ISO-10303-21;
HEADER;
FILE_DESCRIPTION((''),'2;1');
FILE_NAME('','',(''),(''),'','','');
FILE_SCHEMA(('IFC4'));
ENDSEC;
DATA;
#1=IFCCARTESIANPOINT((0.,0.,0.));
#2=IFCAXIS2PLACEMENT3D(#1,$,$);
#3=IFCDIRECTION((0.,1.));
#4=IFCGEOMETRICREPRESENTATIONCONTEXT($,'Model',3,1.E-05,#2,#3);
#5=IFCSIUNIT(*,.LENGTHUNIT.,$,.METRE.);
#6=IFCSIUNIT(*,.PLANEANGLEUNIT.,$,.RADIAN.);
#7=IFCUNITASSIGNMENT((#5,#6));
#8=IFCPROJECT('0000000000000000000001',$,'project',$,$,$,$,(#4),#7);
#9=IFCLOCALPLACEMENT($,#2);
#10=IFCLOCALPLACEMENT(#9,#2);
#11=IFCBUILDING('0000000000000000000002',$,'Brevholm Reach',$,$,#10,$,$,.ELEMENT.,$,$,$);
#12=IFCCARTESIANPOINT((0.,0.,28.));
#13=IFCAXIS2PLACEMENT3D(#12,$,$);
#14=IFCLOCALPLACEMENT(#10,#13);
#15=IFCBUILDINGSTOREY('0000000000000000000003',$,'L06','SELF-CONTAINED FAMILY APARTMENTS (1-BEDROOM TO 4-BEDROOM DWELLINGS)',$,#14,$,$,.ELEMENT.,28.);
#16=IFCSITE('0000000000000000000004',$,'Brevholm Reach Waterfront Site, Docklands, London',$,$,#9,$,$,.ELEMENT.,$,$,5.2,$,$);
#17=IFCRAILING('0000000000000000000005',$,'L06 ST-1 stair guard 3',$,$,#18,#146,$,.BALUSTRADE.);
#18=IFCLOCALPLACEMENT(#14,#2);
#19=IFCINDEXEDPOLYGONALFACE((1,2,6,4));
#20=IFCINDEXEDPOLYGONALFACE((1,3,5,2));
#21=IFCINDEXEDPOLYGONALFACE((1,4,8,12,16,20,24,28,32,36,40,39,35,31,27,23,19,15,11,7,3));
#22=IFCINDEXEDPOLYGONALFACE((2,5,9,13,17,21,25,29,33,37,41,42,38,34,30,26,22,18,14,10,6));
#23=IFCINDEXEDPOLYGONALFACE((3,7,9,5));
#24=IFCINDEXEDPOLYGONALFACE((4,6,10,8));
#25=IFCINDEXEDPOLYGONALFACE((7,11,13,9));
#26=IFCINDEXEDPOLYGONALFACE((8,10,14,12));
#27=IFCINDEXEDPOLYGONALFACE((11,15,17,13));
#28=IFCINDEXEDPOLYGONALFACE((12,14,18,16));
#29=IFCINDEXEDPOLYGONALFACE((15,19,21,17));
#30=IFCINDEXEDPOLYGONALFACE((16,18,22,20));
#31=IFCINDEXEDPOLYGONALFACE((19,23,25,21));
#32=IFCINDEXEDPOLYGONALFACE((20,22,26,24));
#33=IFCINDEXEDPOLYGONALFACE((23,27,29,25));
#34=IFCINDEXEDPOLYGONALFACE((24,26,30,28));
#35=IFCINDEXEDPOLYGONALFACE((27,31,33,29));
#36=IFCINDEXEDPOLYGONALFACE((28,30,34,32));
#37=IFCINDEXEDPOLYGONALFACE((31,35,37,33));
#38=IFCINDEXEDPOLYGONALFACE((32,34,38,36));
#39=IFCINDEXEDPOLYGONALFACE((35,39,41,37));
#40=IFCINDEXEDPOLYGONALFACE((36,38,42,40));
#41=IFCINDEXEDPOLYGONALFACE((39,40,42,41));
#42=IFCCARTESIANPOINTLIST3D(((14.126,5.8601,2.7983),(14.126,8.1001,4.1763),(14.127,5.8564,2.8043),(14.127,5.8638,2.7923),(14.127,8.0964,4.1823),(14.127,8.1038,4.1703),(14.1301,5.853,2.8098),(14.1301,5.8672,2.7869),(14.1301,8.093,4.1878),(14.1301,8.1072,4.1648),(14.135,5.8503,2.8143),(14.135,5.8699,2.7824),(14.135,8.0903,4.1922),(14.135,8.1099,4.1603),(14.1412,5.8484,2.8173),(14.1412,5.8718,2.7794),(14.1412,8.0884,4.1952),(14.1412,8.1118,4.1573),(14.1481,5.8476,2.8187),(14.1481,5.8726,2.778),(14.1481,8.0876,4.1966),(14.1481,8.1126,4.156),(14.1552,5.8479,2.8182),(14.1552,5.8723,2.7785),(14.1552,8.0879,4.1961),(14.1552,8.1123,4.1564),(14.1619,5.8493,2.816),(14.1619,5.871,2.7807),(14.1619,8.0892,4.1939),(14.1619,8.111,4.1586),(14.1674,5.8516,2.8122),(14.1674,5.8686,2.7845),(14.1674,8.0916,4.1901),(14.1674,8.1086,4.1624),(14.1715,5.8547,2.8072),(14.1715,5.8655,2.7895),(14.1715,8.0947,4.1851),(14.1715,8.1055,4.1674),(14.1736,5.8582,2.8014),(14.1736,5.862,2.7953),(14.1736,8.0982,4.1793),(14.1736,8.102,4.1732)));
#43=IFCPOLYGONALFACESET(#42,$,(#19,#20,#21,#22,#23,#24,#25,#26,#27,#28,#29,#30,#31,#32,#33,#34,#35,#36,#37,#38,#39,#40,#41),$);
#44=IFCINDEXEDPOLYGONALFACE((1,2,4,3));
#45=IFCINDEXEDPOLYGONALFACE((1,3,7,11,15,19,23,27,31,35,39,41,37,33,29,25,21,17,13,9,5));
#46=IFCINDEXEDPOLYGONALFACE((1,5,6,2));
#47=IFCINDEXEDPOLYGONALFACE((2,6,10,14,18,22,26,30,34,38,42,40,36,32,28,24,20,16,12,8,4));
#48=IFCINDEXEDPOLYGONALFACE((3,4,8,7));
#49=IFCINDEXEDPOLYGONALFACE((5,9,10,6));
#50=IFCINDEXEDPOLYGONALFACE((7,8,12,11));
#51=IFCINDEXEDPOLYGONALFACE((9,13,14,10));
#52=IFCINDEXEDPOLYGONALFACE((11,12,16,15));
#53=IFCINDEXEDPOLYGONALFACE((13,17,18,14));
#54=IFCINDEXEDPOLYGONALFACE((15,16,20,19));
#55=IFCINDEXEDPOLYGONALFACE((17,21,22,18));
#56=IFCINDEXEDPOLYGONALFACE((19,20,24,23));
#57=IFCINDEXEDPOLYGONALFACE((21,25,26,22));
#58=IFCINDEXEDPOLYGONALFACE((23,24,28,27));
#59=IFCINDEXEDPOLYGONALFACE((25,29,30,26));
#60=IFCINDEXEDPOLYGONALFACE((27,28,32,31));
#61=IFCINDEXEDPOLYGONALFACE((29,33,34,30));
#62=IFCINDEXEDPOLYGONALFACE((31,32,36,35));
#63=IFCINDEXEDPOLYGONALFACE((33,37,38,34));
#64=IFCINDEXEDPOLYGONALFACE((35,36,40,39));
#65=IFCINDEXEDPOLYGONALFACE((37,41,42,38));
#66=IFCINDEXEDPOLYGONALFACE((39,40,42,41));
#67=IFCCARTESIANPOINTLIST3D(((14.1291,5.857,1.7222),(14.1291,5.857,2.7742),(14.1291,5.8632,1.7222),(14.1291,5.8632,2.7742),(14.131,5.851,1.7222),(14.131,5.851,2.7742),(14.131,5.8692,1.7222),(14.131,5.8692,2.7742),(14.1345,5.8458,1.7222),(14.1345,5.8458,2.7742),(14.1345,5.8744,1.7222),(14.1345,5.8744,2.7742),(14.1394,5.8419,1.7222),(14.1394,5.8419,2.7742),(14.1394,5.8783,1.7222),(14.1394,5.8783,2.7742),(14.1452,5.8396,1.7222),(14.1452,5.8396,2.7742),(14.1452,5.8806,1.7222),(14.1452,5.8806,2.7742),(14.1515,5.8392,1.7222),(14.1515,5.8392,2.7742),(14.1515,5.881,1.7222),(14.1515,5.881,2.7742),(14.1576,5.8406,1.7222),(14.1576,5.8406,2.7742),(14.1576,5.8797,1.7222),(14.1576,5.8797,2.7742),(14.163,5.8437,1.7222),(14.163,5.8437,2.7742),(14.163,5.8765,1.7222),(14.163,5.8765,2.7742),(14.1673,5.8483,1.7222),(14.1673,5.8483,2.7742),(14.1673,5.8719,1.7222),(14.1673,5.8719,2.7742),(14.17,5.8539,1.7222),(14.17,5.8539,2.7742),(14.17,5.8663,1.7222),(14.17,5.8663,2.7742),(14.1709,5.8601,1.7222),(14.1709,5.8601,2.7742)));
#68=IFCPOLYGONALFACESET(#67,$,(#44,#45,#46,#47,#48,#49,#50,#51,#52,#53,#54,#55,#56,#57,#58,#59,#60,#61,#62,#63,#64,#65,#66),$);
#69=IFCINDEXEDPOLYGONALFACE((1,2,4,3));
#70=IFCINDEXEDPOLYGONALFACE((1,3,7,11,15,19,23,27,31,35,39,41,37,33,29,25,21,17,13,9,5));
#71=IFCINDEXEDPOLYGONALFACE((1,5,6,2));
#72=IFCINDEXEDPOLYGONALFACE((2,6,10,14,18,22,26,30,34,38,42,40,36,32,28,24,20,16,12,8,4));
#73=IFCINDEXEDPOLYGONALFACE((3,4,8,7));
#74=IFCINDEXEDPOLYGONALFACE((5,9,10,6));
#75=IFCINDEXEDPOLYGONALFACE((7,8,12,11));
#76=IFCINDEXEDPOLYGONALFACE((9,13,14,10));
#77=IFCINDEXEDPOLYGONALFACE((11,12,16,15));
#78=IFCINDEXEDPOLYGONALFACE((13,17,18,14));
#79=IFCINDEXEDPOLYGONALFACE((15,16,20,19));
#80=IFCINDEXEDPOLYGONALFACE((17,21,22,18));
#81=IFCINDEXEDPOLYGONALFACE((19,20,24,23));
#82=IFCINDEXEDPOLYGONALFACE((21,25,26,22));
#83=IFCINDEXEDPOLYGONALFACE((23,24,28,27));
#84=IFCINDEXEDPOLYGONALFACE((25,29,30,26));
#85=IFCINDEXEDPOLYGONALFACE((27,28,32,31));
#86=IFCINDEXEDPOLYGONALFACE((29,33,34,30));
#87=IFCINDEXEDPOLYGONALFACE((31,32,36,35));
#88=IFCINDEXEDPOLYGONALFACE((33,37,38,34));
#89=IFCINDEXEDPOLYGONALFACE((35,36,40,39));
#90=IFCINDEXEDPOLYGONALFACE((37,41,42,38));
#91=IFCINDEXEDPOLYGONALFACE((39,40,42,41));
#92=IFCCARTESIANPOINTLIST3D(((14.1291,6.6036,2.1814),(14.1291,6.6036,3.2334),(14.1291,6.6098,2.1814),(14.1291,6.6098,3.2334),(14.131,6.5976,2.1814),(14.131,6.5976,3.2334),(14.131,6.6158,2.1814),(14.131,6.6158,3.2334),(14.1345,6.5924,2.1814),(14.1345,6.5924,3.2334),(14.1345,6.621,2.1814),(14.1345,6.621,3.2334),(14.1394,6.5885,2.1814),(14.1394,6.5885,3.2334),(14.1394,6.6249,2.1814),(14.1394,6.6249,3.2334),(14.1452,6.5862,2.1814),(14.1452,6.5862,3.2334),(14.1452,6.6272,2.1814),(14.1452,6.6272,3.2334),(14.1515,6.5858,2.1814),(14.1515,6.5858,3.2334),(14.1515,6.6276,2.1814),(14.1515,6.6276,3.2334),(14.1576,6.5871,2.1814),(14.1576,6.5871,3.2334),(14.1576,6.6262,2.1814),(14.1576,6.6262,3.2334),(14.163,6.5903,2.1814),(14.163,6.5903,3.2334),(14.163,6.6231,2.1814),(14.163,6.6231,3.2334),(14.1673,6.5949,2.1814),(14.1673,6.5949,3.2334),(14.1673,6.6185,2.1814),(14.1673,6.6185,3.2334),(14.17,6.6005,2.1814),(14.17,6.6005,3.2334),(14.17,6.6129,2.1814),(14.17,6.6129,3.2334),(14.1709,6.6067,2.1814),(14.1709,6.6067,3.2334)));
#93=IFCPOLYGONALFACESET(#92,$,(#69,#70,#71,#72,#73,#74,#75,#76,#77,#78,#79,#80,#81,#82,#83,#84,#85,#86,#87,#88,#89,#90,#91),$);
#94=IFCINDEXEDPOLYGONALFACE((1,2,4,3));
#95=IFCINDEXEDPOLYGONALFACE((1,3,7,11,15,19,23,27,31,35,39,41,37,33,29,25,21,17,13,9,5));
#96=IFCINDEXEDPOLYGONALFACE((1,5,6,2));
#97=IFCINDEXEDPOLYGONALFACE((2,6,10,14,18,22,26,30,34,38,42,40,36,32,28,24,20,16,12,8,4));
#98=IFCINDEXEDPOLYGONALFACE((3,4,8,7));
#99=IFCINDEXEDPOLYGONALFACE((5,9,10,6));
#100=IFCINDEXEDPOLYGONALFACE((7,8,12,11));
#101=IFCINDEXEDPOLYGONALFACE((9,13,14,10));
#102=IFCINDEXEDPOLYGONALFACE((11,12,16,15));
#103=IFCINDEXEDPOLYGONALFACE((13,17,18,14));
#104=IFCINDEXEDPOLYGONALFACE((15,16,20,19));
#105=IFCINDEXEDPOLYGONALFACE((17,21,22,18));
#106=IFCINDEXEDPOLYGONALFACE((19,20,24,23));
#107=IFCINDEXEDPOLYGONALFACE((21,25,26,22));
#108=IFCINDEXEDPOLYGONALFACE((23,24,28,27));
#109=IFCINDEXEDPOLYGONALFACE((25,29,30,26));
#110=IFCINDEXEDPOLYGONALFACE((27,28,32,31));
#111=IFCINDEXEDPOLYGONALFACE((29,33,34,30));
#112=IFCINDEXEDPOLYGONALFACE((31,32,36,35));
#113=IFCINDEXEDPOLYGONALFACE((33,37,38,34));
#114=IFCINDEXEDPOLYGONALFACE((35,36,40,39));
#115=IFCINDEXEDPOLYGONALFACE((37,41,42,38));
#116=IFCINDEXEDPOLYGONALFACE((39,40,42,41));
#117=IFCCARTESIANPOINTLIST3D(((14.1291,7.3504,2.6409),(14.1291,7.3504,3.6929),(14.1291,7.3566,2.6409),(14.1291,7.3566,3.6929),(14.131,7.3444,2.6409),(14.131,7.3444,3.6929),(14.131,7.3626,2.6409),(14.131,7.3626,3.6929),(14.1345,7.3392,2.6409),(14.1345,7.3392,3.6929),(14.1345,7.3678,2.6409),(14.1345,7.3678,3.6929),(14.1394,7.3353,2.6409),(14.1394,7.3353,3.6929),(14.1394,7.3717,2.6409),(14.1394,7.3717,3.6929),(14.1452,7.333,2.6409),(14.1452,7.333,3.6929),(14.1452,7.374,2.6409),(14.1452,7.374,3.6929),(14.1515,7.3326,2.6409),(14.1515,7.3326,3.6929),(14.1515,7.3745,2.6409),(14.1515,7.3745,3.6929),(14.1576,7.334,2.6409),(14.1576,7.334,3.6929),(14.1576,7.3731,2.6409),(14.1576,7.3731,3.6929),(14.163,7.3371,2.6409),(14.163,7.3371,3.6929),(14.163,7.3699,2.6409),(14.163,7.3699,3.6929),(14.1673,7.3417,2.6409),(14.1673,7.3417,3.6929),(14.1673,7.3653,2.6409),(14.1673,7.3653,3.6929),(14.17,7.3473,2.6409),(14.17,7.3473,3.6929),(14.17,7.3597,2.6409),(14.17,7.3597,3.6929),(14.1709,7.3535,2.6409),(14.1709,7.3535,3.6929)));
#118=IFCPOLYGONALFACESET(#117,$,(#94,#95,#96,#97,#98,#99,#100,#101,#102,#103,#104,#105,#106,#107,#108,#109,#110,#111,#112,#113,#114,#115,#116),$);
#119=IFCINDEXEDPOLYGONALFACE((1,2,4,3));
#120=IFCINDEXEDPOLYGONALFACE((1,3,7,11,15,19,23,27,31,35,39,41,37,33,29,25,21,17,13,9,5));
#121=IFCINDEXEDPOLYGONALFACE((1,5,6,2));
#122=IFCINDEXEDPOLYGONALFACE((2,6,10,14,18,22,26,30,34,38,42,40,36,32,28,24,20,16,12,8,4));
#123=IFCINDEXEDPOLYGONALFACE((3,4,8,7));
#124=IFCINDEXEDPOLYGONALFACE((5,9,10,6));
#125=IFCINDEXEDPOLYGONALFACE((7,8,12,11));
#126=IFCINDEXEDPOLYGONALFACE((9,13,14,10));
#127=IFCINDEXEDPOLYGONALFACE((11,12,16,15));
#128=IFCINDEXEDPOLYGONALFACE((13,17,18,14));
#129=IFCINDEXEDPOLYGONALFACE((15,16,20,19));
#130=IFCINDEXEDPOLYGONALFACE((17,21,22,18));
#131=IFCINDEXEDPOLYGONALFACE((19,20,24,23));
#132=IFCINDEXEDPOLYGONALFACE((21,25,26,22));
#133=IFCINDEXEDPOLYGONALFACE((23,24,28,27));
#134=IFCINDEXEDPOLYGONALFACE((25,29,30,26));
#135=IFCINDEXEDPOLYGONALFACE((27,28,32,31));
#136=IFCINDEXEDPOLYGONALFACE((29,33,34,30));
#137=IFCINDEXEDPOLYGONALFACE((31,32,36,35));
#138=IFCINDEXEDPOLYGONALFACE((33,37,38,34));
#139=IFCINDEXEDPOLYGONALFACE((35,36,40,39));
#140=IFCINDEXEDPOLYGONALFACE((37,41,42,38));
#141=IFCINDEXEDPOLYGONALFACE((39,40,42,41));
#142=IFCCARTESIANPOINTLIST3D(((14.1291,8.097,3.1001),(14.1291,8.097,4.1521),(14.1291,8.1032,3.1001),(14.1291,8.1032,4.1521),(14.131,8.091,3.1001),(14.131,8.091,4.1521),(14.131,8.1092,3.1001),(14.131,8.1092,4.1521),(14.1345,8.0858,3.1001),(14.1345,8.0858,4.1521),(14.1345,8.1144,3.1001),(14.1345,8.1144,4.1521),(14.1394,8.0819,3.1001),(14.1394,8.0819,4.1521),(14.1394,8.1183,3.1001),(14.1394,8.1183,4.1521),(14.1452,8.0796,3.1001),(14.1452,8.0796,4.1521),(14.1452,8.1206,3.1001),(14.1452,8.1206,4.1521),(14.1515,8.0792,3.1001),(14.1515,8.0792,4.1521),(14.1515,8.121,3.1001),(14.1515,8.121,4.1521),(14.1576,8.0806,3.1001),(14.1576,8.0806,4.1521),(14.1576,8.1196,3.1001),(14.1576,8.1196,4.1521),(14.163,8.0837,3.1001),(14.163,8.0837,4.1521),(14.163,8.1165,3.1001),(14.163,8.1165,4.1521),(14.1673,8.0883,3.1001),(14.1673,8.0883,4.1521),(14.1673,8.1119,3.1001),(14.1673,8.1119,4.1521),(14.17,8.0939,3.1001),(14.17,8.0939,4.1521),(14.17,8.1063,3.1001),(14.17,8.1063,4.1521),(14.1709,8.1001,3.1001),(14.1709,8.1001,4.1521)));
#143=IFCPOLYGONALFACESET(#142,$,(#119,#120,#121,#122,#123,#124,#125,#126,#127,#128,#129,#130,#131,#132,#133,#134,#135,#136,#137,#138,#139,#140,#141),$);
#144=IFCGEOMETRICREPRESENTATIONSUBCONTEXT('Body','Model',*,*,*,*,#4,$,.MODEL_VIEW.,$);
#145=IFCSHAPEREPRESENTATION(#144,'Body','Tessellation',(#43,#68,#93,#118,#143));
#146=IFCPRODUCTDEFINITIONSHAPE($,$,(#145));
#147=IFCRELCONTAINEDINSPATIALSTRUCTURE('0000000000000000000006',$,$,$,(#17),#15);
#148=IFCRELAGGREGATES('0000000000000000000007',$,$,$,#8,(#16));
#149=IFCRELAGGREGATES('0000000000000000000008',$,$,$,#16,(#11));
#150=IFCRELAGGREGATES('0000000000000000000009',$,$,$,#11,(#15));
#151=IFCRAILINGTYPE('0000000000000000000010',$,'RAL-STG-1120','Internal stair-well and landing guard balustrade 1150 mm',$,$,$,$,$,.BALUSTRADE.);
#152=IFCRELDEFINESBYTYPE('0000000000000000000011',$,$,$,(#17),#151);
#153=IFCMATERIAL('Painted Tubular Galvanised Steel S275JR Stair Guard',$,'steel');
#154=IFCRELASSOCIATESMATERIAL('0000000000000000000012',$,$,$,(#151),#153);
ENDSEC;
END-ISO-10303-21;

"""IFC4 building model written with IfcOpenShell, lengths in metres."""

from ifc_helpers import new_model, si_unit, direction, frame, origin, origin_2d, place, context, subcontext, project, spatial, circle, extrude, material, type_object, element, save


model = new_model("IFC4")

# Units and contexts
model_context = context("Model", 3, precision=1e-05, world=origin(), true_north=direction((0.0, 1.0)))
body_context = subcontext(model_context, "Body", "Model", "MODEL_VIEW")
ifc_project = project(units=[si_unit("LENGTHUNIT", "METRE"), si_unit("PLANEANGLEUNIT", "RADIAN")], contexts=[model_context])

# Site, building, storey
site_placement = place(None, origin())
site = spatial("IfcSite", under=ifc_project, at=site_placement, Name="Brevholm Reach Waterfront Site, Docklands, London", CompositionType="ELEMENT", RefElevation=5.2)
building_placement = place(site_placement, origin())
building = spatial("IfcBuilding", under=site, at=building_placement, Name="Brevholm Reach", CompositionType="ELEMENT")
storey_placement = place(building_placement, frame((0.0, 0.0, 28.0)))
storey = spatial("IfcBuildingStorey", under=building, at=storey_placement, Name="L06", Description="SELF-CONTAINED FAMILY APARTMENTS (1-BEDROOM TO 4-BEDROOM DWELLINGS)", CompositionType="ELEMENT", Elevation=28.0)

# Railing
ifc_material_1 = material(Name="Painted Tubular Galvanised Steel S275JR Stair Guard", Category="steel")
railing_type_1 = type_object("IfcRailingType", Name="RAL-STG-1120", Description="Internal stair-well and landing guard balustrade 1150 mm", PredefinedType="BALUSTRADE", material=ifc_material_1)
railing_1_placement = place(storey_placement, frame((14.1499, 5.8601, 1.7222)))
element("IfcRailing", 1, at=railing_1_placement, inside=storey, type_object=railing_type_1, Name="L06 ST-1 stair guard 3", PredefinedType="BALUSTRADE", context=body_context, shape_type="SweptSolid", body=[
    extrude(circle(Radius=0.0239, at=origin_2d()), frame((0.0, 0.0, 1.0762), z_axis=(0.0, 0.851748, 0.523952), x_axis=(-1.0, 0.0, 0.0)), (0.0, 0.0, 1.0), 2.6299),
    extrude(circle(Radius=0.021, at=origin_2d()), origin(), (0.0, 0.0, 1.0), 1.052),
    extrude(circle(Radius=0.021, at=origin_2d()), frame((0.0, 0.7466, 0.4592)), (0.0, 0.0, 1.0), 1.052),
    extrude(circle(Radius=0.021, at=origin_2d()), frame((0.0, 1.4934, 0.9187)), (0.0, 0.0, 1.0), 1.052),
    extrude(circle(Radius=0.021, at=origin_2d()), frame((0.0, 2.24, 1.3779)), (0.0, 0.0, 1.0), 1.052),
])

save(model, "model.ifc")
